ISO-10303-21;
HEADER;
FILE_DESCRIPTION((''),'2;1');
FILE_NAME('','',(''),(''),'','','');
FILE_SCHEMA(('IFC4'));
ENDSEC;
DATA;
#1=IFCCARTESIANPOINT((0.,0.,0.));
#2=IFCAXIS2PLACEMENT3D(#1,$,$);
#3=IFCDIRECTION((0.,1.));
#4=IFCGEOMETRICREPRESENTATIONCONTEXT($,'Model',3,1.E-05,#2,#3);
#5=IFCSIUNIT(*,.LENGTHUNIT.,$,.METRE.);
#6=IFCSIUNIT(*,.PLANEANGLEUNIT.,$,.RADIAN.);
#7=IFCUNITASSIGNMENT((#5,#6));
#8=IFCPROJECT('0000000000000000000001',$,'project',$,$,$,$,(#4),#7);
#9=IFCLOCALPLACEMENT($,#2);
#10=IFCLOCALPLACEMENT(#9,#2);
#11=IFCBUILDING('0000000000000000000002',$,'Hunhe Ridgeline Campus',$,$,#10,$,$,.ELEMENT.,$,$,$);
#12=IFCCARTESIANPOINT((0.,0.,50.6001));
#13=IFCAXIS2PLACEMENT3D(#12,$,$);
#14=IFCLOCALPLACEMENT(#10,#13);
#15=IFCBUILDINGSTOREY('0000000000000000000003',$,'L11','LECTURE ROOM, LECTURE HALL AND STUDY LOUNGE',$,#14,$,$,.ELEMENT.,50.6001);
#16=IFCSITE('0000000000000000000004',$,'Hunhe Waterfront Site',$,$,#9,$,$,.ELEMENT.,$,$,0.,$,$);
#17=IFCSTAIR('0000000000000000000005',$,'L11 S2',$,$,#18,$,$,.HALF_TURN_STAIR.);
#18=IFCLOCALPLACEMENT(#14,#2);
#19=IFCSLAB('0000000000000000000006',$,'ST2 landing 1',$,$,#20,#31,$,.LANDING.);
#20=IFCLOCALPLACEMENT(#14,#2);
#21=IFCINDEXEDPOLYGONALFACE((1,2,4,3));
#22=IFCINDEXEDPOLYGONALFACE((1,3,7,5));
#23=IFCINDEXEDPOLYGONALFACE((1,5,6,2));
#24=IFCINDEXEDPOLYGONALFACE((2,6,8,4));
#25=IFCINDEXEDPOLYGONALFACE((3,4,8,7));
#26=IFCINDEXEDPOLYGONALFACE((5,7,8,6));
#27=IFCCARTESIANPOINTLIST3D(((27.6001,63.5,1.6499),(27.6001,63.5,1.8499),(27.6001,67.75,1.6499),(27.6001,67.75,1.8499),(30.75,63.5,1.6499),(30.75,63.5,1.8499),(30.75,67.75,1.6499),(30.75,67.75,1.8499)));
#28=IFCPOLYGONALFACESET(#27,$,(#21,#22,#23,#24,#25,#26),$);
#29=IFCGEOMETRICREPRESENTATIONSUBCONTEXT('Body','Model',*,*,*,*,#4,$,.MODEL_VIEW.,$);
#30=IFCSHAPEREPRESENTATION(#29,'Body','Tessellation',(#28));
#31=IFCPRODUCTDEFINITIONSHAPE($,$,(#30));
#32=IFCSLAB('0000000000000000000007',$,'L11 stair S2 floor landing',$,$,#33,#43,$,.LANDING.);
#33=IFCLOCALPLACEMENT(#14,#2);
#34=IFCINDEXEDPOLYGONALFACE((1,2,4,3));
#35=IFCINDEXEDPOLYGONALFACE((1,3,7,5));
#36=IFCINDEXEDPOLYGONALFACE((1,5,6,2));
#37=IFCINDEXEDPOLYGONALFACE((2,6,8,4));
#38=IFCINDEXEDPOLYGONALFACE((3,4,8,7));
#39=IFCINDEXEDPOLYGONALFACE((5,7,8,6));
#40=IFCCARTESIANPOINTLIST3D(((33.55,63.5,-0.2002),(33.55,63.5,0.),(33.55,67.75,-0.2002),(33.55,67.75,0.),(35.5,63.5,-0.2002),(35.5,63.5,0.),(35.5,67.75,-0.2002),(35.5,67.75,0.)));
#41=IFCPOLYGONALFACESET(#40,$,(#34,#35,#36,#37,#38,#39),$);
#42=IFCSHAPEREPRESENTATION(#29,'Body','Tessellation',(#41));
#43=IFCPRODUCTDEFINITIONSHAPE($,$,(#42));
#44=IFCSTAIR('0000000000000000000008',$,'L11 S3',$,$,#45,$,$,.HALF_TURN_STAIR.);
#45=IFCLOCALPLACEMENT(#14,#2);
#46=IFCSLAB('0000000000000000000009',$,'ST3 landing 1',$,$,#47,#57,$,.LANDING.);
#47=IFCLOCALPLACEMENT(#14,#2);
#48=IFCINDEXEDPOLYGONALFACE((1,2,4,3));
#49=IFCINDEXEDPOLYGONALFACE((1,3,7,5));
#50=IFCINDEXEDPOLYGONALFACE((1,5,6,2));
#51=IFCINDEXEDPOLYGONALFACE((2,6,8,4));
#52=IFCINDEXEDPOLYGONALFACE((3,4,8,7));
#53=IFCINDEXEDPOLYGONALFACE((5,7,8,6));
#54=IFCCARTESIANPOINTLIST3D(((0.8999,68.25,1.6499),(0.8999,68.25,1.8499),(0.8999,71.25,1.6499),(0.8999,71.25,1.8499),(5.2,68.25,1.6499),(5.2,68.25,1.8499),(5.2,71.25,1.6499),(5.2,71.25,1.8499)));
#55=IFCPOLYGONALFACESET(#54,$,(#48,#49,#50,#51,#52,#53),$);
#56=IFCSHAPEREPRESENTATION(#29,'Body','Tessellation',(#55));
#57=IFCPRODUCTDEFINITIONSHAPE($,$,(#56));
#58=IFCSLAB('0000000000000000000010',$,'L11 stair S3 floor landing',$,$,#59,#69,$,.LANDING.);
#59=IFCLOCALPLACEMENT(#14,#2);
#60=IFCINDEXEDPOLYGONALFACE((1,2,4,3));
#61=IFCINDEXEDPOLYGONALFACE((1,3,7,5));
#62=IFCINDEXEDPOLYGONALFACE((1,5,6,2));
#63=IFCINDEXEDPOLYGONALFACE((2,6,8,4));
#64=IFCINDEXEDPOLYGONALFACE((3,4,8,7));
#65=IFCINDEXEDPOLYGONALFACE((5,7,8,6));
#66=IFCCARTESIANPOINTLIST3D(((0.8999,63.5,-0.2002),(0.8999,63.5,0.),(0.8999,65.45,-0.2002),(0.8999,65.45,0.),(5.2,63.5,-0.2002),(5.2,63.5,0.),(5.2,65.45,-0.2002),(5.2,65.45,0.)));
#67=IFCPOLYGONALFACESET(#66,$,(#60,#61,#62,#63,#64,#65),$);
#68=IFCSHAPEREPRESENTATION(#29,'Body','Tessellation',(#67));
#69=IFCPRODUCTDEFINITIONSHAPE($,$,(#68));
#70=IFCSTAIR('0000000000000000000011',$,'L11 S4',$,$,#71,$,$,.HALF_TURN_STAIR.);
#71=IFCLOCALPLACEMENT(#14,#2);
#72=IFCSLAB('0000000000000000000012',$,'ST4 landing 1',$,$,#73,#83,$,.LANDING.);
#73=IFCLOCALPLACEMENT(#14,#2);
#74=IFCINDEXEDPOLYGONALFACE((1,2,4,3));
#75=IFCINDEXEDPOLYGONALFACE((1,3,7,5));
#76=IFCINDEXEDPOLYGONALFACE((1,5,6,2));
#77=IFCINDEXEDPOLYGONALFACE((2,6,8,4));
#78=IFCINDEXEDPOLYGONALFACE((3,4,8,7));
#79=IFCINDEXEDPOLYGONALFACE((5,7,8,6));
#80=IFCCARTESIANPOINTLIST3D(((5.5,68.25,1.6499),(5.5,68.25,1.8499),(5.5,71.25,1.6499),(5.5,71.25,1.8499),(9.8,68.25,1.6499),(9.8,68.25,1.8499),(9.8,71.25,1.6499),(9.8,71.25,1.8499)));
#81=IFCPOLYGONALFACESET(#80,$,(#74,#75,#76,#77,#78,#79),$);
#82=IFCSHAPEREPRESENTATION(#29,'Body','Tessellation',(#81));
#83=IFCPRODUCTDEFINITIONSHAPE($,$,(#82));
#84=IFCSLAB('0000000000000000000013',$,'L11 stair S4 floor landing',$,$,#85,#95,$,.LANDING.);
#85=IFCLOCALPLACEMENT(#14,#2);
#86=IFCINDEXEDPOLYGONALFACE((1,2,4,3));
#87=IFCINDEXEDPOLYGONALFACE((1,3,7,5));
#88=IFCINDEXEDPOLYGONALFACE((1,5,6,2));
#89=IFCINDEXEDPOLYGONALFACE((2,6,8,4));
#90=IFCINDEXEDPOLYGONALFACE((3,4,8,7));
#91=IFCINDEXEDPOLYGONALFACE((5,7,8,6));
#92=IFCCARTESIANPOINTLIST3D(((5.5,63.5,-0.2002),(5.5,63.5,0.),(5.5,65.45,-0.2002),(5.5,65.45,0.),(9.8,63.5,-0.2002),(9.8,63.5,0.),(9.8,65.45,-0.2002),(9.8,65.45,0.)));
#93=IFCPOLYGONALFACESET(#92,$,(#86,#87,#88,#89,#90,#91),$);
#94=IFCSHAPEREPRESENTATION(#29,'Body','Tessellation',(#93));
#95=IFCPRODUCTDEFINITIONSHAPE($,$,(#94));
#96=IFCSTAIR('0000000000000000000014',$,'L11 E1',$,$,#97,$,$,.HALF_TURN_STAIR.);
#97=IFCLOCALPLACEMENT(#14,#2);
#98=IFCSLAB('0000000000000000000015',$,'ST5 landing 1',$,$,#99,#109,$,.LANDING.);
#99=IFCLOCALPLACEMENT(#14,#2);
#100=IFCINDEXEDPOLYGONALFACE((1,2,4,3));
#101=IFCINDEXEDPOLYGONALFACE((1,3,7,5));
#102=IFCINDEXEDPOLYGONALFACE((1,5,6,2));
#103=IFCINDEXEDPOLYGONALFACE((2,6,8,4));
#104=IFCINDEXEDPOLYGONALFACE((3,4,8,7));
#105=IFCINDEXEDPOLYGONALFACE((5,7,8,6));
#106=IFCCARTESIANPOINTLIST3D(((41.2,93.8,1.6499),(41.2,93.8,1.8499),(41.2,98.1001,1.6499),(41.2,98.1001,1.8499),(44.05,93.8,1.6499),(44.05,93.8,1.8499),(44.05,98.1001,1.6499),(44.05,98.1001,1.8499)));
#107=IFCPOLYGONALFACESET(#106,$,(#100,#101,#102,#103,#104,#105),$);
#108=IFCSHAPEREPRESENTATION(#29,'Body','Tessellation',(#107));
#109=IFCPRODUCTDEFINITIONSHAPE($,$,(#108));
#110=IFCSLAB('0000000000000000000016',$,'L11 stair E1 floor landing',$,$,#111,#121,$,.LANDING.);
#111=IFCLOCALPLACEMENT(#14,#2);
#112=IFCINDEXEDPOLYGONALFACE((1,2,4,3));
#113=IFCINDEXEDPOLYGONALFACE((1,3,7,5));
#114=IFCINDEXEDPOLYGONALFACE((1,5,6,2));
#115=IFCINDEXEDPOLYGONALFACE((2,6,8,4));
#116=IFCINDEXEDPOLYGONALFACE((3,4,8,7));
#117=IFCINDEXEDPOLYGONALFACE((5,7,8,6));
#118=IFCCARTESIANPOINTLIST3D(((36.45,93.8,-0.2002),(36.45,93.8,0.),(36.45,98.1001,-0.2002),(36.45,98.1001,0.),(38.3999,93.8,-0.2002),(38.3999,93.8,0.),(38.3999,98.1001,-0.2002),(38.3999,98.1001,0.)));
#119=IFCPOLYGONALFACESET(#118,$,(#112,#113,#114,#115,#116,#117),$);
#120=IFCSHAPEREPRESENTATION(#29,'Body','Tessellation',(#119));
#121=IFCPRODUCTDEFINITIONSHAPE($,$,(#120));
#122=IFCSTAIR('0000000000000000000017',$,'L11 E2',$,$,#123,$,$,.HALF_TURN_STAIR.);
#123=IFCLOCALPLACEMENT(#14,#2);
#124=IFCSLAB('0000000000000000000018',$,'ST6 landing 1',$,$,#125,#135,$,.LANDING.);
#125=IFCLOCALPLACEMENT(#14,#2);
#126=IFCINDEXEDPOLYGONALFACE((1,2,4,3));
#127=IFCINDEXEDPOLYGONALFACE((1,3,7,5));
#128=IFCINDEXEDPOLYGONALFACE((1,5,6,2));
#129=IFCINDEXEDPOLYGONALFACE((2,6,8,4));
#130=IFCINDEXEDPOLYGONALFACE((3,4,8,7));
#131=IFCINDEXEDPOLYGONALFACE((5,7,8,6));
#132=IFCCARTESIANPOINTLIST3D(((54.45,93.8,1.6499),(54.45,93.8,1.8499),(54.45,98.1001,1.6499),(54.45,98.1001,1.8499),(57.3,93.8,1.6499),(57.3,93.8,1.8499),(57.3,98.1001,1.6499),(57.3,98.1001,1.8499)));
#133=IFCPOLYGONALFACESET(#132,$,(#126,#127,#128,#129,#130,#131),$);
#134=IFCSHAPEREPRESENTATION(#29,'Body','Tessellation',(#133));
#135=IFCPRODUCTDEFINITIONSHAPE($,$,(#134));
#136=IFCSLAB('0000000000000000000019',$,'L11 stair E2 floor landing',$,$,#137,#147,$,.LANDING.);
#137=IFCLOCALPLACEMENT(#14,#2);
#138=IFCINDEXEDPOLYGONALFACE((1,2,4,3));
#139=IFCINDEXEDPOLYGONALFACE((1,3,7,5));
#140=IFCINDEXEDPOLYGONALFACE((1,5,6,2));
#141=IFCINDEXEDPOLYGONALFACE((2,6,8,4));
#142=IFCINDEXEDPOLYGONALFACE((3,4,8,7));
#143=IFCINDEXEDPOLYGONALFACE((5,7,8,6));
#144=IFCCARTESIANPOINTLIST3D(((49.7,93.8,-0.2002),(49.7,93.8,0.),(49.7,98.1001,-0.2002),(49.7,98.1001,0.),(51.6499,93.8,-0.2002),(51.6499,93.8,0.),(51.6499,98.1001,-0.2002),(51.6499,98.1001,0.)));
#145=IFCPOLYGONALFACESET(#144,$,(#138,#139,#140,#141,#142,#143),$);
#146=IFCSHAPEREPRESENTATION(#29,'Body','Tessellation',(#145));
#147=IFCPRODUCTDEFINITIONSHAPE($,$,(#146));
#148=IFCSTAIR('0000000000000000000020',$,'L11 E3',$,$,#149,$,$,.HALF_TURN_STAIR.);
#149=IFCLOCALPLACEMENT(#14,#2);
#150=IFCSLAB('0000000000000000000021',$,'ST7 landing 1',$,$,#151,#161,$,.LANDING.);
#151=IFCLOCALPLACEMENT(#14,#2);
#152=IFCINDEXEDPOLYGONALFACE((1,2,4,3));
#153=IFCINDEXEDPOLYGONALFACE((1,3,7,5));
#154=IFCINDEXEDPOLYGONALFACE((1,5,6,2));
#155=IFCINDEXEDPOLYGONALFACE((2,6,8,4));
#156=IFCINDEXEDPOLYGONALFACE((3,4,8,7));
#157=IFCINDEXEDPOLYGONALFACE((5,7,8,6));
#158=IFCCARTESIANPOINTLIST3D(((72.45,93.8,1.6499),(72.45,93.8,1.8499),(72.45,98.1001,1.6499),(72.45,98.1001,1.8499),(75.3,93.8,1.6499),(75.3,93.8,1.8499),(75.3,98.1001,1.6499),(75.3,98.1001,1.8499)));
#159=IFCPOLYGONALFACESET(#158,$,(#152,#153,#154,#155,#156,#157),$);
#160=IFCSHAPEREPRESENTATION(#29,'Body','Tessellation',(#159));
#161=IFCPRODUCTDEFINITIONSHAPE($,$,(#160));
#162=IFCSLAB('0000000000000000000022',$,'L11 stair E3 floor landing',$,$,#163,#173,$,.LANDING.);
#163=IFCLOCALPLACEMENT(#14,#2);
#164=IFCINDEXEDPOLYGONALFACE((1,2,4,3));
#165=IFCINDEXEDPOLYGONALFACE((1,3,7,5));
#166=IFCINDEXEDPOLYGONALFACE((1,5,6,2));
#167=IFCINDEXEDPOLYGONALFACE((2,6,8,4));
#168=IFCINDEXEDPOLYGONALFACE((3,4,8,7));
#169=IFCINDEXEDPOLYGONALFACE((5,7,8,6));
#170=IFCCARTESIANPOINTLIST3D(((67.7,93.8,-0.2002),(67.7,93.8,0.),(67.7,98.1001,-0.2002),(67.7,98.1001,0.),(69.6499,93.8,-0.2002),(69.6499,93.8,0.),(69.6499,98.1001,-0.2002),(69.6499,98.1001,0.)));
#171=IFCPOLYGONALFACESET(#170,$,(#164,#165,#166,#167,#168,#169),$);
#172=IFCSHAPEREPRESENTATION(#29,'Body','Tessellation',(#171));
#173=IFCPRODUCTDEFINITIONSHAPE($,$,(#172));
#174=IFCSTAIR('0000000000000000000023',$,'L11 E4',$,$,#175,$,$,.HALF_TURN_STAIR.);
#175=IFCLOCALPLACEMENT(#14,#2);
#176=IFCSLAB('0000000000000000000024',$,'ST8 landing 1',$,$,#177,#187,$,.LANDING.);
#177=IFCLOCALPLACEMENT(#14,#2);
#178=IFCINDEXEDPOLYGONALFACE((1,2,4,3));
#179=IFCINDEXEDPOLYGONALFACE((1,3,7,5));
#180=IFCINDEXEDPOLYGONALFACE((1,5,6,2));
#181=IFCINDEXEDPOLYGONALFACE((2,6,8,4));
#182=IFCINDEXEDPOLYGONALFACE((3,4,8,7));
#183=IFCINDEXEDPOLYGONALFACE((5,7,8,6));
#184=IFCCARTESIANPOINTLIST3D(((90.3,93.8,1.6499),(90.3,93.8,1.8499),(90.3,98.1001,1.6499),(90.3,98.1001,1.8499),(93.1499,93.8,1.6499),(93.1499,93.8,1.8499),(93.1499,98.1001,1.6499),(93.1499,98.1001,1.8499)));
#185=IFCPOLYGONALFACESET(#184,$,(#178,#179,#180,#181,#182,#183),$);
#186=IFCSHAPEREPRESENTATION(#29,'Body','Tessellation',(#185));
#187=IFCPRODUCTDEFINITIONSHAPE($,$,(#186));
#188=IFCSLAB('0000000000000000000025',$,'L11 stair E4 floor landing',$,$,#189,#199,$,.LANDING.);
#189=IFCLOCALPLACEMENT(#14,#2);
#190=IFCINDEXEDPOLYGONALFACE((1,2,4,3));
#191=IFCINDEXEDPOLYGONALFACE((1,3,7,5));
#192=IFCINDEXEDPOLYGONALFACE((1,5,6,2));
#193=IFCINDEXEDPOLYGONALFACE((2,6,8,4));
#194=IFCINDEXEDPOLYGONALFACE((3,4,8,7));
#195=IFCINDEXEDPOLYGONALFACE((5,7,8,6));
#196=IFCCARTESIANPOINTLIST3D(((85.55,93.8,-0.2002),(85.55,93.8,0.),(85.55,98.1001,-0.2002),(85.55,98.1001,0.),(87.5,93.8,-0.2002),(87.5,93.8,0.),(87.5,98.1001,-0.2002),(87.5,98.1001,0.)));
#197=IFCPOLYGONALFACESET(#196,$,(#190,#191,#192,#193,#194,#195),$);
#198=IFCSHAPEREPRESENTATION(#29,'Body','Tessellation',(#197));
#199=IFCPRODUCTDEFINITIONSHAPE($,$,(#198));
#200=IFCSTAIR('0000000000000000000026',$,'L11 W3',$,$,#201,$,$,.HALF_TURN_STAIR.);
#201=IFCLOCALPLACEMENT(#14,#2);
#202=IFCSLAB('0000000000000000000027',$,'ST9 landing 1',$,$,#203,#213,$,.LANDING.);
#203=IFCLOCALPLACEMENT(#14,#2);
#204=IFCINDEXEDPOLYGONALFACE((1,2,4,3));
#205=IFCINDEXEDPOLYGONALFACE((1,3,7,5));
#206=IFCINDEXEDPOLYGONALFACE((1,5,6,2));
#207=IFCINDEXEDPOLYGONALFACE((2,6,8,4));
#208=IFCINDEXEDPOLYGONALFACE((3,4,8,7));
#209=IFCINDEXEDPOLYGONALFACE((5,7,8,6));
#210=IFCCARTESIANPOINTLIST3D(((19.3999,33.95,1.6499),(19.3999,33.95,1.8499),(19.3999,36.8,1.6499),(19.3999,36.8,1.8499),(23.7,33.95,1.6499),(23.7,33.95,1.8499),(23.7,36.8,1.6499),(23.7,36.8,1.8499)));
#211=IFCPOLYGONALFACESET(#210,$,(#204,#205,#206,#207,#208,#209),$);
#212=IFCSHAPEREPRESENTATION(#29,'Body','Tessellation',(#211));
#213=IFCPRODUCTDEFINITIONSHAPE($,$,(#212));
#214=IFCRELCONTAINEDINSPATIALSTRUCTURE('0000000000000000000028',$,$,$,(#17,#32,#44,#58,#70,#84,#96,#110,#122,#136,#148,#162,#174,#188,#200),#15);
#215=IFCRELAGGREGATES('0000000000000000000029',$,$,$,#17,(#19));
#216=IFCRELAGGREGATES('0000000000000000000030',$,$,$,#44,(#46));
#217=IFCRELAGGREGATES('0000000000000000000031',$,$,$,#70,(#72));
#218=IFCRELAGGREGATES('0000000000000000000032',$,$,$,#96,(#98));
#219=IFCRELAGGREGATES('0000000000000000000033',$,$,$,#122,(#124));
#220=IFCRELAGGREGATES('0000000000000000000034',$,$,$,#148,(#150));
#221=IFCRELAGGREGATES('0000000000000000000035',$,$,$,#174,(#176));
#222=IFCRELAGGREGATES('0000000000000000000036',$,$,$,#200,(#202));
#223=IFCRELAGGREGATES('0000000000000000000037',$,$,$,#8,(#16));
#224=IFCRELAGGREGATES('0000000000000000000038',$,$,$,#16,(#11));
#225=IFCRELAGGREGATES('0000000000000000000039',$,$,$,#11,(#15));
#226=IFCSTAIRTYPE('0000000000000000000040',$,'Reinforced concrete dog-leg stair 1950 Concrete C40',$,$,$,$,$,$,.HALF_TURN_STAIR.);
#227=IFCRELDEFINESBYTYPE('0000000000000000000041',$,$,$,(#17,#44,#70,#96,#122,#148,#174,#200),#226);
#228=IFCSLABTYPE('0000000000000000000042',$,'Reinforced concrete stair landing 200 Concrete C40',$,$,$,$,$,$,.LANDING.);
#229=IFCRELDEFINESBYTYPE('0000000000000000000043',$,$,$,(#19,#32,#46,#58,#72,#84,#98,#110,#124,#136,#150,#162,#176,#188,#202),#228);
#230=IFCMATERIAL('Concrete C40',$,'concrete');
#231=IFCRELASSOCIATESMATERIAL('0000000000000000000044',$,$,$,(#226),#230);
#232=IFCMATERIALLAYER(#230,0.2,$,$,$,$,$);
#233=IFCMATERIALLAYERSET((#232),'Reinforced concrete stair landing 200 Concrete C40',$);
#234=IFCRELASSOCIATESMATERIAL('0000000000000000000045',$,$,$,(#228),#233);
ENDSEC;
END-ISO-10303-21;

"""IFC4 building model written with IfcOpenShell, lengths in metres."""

from ifc_helpers import new_model, si_unit, direction, frame, origin, place, context, subcontext, project, spatial, polyline, outline, extrude, material, layer, layer_set, type_object, element, aggregate, save


model = new_model("IFC4")

# Units and contexts
model_context = context("Model", 3, precision=1e-05, world=origin(), true_north=direction((0.0, 1.0)))
body_context = subcontext(model_context, "Body", "Model", "MODEL_VIEW")
ifc_project = project(units=[si_unit("LENGTHUNIT", "METRE"), si_unit("PLANEANGLEUNIT", "RADIAN")], contexts=[model_context])

# Site, building, storey
site_placement = place(None, origin())
site = spatial("IfcSite", under=ifc_project, at=site_placement, Name="Hunhe Waterfront Site", CompositionType="ELEMENT", RefElevation=0.0)
building_placement = place(site_placement, origin())
building = spatial("IfcBuilding", under=site, at=building_placement, Name="Hunhe Ridgeline Campus", CompositionType="ELEMENT")
storey_placement = place(building_placement, frame((0.0, 0.0, 50.6001)))
storey = spatial("IfcBuildingStorey", under=building, at=storey_placement, Name="L11", Description="LECTURE ROOM, LECTURE HALL AND STUDY LOUNGE", CompositionType="ELEMENT", Elevation=50.6001)

# Shared definitions
ifc_material_1 = material(Name="Concrete C40", Category="concrete")

# Shared definitions
stair_type = type_object("IfcStairType", Name="Reinforced concrete dog-leg stair 1950 Concrete C40", PredefinedType="HALF_TURN_STAIR", material=ifc_material_1)
ifc_layer_1 = layer(ifc_material_1, 0.2)
ifc_layer_set_1 = layer_set([ifc_layer_1], Name="Reinforced concrete stair landing 200 Concrete C40")
slab_type_1 = type_object("IfcSlabType", Name="Reinforced concrete stair landing 200 Concrete C40", PredefinedType="LANDING", material=ifc_layer_set_1)

# Stair, slab
stair_1_placement = place(storey_placement, origin())
stair_1 = element("IfcStair", 1, at=stair_1_placement, inside=storey, type_object=stair_type, Name="L11 S2", PredefinedType="HALF_TURN_STAIR")
slab_1_placement = place(storey_placement, frame((0.0, 0.0, 1.6499)))
slab_1 = element("IfcSlab", 2, at=slab_1_placement, type_object=slab_type_1, Name="ST2 landing 1", PredefinedType="LANDING", context=body_context, shape_type="SweptSolid", body=[
    extrude(outline(polyline([(30.75, 67.75), (27.6001, 67.75), (27.6001, 63.5), (30.75, 63.5), (30.75, 67.75)])), origin(), (0.0, 0.0, 1.0), 0.2),
])
aggregate(stair_1, [slab_1])

# Slab
slab_2_placement = place(storey_placement, frame((0.0, 0.0, -0.2002)))
element("IfcSlab", 3, at=slab_2_placement, inside=storey, type_object=slab_type_1, Name="L11 stair S2 floor landing", PredefinedType="LANDING", context=body_context, shape_type="SweptSolid", body=[
    extrude(outline(polyline([(35.5, 67.75), (33.55, 67.75), (33.55, 63.5), (35.5, 63.5), (35.5, 67.75)])), origin(), (0.0, 0.0, 1.0), 0.2002),
])

# Stair, slab
stair_2_placement = place(storey_placement, origin())
stair_2 = element("IfcStair", 4, at=stair_2_placement, inside=storey, type_object=stair_type, Name="L11 S3", PredefinedType="HALF_TURN_STAIR")
slab_3_placement = place(storey_placement, frame((0.0, 0.0, 1.6499)))
slab_3 = element("IfcSlab", 5, at=slab_3_placement, type_object=slab_type_1, Name="ST3 landing 1", PredefinedType="LANDING", context=body_context, shape_type="SweptSolid", body=[
    extrude(outline(polyline([(5.2, 68.25), (5.2, 71.25), (0.8999, 71.25), (0.8999, 68.25), (5.2, 68.25)])), origin(), (0.0, 0.0, 1.0), 0.2),
])
aggregate(stair_2, [slab_3])

# Slab
slab_4_placement = place(storey_placement, frame((0.0, 0.0, -0.2002)))
element("IfcSlab", 6, at=slab_4_placement, inside=storey, type_object=slab_type_1, Name="L11 stair S3 floor landing", PredefinedType="LANDING", context=body_context, shape_type="SweptSolid", body=[
    extrude(outline(polyline([(5.2, 63.5), (5.2, 65.45), (0.8999, 65.45), (0.8999, 63.5), (5.2, 63.5)])), origin(), (0.0, 0.0, 1.0), 0.2002),
])

# Stair, slab
stair_3_placement = place(storey_placement, origin())
stair_3 = element("IfcStair", 7, at=stair_3_placement, inside=storey, type_object=stair_type, Name="L11 S4", PredefinedType="HALF_TURN_STAIR")
slab_5_placement = place(storey_placement, frame((0.0, 0.0, 1.6499)))
slab_5 = element("IfcSlab", 8, at=slab_5_placement, type_object=slab_type_1, Name="ST4 landing 1", PredefinedType="LANDING", context=body_context, shape_type="SweptSolid", body=[
    extrude(outline(polyline([(9.8, 68.25), (9.8, 71.25), (5.5, 71.25), (5.5, 68.25), (9.8, 68.25)])), origin(), (0.0, 0.0, 1.0), 0.2),
])
aggregate(stair_3, [slab_5])

# Slab
slab_6_placement = place(storey_placement, frame((0.0, 0.0, -0.2002)))
element("IfcSlab", 9, at=slab_6_placement, inside=storey, type_object=slab_type_1, Name="L11 stair S4 floor landing", PredefinedType="LANDING", context=body_context, shape_type="SweptSolid", body=[
    extrude(outline(polyline([(9.8, 63.5), (9.8, 65.45), (5.5, 65.45), (5.5, 63.5), (9.8, 63.5)])), origin(), (0.0, 0.0, 1.0), 0.2002),
])

# Stair, slab
stair_4_placement = place(storey_placement, origin())
stair_4 = element("IfcStair", 10, at=stair_4_placement, inside=storey, type_object=stair_type, Name="L11 E1", PredefinedType="HALF_TURN_STAIR")
slab_7_placement = place(storey_placement, frame((0.0, 0.0, 1.6499)))
slab_7 = element("IfcSlab", 11, at=slab_7_placement, type_object=slab_type_1, Name="ST5 landing 1", PredefinedType="LANDING", context=body_context, shape_type="SweptSolid", body=[
    extrude(outline(polyline([(41.2, 93.8), (44.05, 93.8), (44.05, 98.1001), (41.2, 98.1001), (41.2, 93.8)])), origin(), (0.0, 0.0, 1.0), 0.2),
])
aggregate(stair_4, [slab_7])

# Slab
slab_8_placement = place(storey_placement, frame((0.0, 0.0, -0.2002)))
element("IfcSlab", 12, at=slab_8_placement, inside=storey, type_object=slab_type_1, Name="L11 stair E1 floor landing", PredefinedType="LANDING", context=body_context, shape_type="SweptSolid", body=[
    extrude(outline(polyline([(36.45, 93.8), (38.3999, 93.8), (38.3999, 98.1001), (36.45, 98.1001), (36.45, 93.8)])), origin(), (0.0, 0.0, 1.0), 0.2002),
])

# Stair, slab
stair_5_placement = place(storey_placement, origin())
stair_5 = element("IfcStair", 13, at=stair_5_placement, inside=storey, type_object=stair_type, Name="L11 E2", PredefinedType="HALF_TURN_STAIR")
slab_9_placement = place(storey_placement, frame((0.0, 0.0, 1.6499)))
slab_9 = element("IfcSlab", 14, at=slab_9_placement, type_object=slab_type_1, Name="ST6 landing 1", PredefinedType="LANDING", context=body_context, shape_type="SweptSolid", body=[
    extrude(outline(polyline([(54.45, 93.8), (57.3, 93.8), (57.3, 98.1001), (54.45, 98.1001), (54.45, 93.8)])), origin(), (0.0, 0.0, 1.0), 0.2),
])
aggregate(stair_5, [slab_9])

# Slab
slab_10_placement = place(storey_placement, frame((0.0, 0.0, -0.2002)))
element("IfcSlab", 15, at=slab_10_placement, inside=storey, type_object=slab_type_1, Name="L11 stair E2 floor landing", PredefinedType="LANDING", context=body_context, shape_type="SweptSolid", body=[
    extrude(outline(polyline([(49.7, 93.8), (51.6499, 93.8), (51.6499, 98.1001), (49.7, 98.1001), (49.7, 93.8)])), origin(), (0.0, 0.0, 1.0), 0.2002),
])

# Stair, slab
stair_6_placement = place(storey_placement, origin())
stair_6 = element("IfcStair", 16, at=stair_6_placement, inside=storey, type_object=stair_type, Name="L11 E3", PredefinedType="HALF_TURN_STAIR")
slab_11_placement = place(storey_placement, frame((0.0, 0.0, 1.6499)))
slab_11 = element("IfcSlab", 17, at=slab_11_placement, type_object=slab_type_1, Name="ST7 landing 1", PredefinedType="LANDING", context=body_context, shape_type="SweptSolid", body=[
    extrude(outline(polyline([(72.45, 93.8), (75.3, 93.8), (75.3, 98.1001), (72.45, 98.1001), (72.45, 93.8)])), origin(), (0.0, 0.0, 1.0), 0.2),
])
aggregate(stair_6, [slab_11])

# Slab
slab_12_placement = place(storey_placement, frame((0.0, 0.0, -0.2002)))
element("IfcSlab", 18, at=slab_12_placement, inside=storey, type_object=slab_type_1, Name="L11 stair E3 floor landing", PredefinedType="LANDING", context=body_context, shape_type="SweptSolid", body=[
    extrude(outline(polyline([(67.7, 93.8), (69.6499, 93.8), (69.6499, 98.1001), (67.7, 98.1001), (67.7, 93.8)])), origin(), (0.0, 0.0, 1.0), 0.2002),
])

# Stair, slab
stair_7_placement = place(storey_placement, origin())
stair_7 = element("IfcStair", 19, at=stair_7_placement, inside=storey, type_object=stair_type, Name="L11 E4", PredefinedType="HALF_TURN_STAIR")
slab_13_placement = place(storey_placement, frame((0.0, 0.0, 1.6499)))
slab_13 = element("IfcSlab", 20, at=slab_13_placement, type_object=slab_type_1, Name="ST8 landing 1", PredefinedType="LANDING", context=body_context, shape_type="SweptSolid", body=[
    extrude(outline(polyline([(90.3, 93.8), (93.1499, 93.8), (93.1499, 98.1001), (90.3, 98.1001), (90.3, 93.8)])), origin(), (0.0, 0.0, 1.0), 0.2),
])
aggregate(stair_7, [slab_13])

# Slab
slab_14_placement = place(storey_placement, frame((0.0, 0.0, -0.2002)))
element("IfcSlab", 21, at=slab_14_placement, inside=storey, type_object=slab_type_1, Name="L11 stair E4 floor landing", PredefinedType="LANDING", context=body_context, shape_type="SweptSolid", body=[
    extrude(outline(polyline([(85.55, 93.8), (87.5, 93.8), (87.5, 98.1001), (85.55, 98.1001), (85.55, 93.8)])), origin(), (0.0, 0.0, 1.0), 0.2002),
])

# Stair, slab
stair_8_placement = place(storey_placement, origin())
stair_8 = element("IfcStair", 22, at=stair_8_placement, inside=storey, type_object=stair_type, Name="L11 W3", PredefinedType="HALF_TURN_STAIR")
slab_15_placement = place(storey_placement, frame((0.0, 0.0, 1.6499)))
slab_15 = element("IfcSlab", 23, at=slab_15_placement, type_object=slab_type_1, Name="ST9 landing 1", PredefinedType="LANDING", context=body_context, shape_type="SweptSolid", body=[
    extrude(outline(polyline([(23.7, 33.95), (23.7, 36.8), (19.3999, 36.8), (19.3999, 33.95), (23.7, 33.95)])), origin(), (0.0, 0.0, 1.0), 0.2),
])
aggregate(stair_8, [slab_15])

save(model, "model.ifc")
